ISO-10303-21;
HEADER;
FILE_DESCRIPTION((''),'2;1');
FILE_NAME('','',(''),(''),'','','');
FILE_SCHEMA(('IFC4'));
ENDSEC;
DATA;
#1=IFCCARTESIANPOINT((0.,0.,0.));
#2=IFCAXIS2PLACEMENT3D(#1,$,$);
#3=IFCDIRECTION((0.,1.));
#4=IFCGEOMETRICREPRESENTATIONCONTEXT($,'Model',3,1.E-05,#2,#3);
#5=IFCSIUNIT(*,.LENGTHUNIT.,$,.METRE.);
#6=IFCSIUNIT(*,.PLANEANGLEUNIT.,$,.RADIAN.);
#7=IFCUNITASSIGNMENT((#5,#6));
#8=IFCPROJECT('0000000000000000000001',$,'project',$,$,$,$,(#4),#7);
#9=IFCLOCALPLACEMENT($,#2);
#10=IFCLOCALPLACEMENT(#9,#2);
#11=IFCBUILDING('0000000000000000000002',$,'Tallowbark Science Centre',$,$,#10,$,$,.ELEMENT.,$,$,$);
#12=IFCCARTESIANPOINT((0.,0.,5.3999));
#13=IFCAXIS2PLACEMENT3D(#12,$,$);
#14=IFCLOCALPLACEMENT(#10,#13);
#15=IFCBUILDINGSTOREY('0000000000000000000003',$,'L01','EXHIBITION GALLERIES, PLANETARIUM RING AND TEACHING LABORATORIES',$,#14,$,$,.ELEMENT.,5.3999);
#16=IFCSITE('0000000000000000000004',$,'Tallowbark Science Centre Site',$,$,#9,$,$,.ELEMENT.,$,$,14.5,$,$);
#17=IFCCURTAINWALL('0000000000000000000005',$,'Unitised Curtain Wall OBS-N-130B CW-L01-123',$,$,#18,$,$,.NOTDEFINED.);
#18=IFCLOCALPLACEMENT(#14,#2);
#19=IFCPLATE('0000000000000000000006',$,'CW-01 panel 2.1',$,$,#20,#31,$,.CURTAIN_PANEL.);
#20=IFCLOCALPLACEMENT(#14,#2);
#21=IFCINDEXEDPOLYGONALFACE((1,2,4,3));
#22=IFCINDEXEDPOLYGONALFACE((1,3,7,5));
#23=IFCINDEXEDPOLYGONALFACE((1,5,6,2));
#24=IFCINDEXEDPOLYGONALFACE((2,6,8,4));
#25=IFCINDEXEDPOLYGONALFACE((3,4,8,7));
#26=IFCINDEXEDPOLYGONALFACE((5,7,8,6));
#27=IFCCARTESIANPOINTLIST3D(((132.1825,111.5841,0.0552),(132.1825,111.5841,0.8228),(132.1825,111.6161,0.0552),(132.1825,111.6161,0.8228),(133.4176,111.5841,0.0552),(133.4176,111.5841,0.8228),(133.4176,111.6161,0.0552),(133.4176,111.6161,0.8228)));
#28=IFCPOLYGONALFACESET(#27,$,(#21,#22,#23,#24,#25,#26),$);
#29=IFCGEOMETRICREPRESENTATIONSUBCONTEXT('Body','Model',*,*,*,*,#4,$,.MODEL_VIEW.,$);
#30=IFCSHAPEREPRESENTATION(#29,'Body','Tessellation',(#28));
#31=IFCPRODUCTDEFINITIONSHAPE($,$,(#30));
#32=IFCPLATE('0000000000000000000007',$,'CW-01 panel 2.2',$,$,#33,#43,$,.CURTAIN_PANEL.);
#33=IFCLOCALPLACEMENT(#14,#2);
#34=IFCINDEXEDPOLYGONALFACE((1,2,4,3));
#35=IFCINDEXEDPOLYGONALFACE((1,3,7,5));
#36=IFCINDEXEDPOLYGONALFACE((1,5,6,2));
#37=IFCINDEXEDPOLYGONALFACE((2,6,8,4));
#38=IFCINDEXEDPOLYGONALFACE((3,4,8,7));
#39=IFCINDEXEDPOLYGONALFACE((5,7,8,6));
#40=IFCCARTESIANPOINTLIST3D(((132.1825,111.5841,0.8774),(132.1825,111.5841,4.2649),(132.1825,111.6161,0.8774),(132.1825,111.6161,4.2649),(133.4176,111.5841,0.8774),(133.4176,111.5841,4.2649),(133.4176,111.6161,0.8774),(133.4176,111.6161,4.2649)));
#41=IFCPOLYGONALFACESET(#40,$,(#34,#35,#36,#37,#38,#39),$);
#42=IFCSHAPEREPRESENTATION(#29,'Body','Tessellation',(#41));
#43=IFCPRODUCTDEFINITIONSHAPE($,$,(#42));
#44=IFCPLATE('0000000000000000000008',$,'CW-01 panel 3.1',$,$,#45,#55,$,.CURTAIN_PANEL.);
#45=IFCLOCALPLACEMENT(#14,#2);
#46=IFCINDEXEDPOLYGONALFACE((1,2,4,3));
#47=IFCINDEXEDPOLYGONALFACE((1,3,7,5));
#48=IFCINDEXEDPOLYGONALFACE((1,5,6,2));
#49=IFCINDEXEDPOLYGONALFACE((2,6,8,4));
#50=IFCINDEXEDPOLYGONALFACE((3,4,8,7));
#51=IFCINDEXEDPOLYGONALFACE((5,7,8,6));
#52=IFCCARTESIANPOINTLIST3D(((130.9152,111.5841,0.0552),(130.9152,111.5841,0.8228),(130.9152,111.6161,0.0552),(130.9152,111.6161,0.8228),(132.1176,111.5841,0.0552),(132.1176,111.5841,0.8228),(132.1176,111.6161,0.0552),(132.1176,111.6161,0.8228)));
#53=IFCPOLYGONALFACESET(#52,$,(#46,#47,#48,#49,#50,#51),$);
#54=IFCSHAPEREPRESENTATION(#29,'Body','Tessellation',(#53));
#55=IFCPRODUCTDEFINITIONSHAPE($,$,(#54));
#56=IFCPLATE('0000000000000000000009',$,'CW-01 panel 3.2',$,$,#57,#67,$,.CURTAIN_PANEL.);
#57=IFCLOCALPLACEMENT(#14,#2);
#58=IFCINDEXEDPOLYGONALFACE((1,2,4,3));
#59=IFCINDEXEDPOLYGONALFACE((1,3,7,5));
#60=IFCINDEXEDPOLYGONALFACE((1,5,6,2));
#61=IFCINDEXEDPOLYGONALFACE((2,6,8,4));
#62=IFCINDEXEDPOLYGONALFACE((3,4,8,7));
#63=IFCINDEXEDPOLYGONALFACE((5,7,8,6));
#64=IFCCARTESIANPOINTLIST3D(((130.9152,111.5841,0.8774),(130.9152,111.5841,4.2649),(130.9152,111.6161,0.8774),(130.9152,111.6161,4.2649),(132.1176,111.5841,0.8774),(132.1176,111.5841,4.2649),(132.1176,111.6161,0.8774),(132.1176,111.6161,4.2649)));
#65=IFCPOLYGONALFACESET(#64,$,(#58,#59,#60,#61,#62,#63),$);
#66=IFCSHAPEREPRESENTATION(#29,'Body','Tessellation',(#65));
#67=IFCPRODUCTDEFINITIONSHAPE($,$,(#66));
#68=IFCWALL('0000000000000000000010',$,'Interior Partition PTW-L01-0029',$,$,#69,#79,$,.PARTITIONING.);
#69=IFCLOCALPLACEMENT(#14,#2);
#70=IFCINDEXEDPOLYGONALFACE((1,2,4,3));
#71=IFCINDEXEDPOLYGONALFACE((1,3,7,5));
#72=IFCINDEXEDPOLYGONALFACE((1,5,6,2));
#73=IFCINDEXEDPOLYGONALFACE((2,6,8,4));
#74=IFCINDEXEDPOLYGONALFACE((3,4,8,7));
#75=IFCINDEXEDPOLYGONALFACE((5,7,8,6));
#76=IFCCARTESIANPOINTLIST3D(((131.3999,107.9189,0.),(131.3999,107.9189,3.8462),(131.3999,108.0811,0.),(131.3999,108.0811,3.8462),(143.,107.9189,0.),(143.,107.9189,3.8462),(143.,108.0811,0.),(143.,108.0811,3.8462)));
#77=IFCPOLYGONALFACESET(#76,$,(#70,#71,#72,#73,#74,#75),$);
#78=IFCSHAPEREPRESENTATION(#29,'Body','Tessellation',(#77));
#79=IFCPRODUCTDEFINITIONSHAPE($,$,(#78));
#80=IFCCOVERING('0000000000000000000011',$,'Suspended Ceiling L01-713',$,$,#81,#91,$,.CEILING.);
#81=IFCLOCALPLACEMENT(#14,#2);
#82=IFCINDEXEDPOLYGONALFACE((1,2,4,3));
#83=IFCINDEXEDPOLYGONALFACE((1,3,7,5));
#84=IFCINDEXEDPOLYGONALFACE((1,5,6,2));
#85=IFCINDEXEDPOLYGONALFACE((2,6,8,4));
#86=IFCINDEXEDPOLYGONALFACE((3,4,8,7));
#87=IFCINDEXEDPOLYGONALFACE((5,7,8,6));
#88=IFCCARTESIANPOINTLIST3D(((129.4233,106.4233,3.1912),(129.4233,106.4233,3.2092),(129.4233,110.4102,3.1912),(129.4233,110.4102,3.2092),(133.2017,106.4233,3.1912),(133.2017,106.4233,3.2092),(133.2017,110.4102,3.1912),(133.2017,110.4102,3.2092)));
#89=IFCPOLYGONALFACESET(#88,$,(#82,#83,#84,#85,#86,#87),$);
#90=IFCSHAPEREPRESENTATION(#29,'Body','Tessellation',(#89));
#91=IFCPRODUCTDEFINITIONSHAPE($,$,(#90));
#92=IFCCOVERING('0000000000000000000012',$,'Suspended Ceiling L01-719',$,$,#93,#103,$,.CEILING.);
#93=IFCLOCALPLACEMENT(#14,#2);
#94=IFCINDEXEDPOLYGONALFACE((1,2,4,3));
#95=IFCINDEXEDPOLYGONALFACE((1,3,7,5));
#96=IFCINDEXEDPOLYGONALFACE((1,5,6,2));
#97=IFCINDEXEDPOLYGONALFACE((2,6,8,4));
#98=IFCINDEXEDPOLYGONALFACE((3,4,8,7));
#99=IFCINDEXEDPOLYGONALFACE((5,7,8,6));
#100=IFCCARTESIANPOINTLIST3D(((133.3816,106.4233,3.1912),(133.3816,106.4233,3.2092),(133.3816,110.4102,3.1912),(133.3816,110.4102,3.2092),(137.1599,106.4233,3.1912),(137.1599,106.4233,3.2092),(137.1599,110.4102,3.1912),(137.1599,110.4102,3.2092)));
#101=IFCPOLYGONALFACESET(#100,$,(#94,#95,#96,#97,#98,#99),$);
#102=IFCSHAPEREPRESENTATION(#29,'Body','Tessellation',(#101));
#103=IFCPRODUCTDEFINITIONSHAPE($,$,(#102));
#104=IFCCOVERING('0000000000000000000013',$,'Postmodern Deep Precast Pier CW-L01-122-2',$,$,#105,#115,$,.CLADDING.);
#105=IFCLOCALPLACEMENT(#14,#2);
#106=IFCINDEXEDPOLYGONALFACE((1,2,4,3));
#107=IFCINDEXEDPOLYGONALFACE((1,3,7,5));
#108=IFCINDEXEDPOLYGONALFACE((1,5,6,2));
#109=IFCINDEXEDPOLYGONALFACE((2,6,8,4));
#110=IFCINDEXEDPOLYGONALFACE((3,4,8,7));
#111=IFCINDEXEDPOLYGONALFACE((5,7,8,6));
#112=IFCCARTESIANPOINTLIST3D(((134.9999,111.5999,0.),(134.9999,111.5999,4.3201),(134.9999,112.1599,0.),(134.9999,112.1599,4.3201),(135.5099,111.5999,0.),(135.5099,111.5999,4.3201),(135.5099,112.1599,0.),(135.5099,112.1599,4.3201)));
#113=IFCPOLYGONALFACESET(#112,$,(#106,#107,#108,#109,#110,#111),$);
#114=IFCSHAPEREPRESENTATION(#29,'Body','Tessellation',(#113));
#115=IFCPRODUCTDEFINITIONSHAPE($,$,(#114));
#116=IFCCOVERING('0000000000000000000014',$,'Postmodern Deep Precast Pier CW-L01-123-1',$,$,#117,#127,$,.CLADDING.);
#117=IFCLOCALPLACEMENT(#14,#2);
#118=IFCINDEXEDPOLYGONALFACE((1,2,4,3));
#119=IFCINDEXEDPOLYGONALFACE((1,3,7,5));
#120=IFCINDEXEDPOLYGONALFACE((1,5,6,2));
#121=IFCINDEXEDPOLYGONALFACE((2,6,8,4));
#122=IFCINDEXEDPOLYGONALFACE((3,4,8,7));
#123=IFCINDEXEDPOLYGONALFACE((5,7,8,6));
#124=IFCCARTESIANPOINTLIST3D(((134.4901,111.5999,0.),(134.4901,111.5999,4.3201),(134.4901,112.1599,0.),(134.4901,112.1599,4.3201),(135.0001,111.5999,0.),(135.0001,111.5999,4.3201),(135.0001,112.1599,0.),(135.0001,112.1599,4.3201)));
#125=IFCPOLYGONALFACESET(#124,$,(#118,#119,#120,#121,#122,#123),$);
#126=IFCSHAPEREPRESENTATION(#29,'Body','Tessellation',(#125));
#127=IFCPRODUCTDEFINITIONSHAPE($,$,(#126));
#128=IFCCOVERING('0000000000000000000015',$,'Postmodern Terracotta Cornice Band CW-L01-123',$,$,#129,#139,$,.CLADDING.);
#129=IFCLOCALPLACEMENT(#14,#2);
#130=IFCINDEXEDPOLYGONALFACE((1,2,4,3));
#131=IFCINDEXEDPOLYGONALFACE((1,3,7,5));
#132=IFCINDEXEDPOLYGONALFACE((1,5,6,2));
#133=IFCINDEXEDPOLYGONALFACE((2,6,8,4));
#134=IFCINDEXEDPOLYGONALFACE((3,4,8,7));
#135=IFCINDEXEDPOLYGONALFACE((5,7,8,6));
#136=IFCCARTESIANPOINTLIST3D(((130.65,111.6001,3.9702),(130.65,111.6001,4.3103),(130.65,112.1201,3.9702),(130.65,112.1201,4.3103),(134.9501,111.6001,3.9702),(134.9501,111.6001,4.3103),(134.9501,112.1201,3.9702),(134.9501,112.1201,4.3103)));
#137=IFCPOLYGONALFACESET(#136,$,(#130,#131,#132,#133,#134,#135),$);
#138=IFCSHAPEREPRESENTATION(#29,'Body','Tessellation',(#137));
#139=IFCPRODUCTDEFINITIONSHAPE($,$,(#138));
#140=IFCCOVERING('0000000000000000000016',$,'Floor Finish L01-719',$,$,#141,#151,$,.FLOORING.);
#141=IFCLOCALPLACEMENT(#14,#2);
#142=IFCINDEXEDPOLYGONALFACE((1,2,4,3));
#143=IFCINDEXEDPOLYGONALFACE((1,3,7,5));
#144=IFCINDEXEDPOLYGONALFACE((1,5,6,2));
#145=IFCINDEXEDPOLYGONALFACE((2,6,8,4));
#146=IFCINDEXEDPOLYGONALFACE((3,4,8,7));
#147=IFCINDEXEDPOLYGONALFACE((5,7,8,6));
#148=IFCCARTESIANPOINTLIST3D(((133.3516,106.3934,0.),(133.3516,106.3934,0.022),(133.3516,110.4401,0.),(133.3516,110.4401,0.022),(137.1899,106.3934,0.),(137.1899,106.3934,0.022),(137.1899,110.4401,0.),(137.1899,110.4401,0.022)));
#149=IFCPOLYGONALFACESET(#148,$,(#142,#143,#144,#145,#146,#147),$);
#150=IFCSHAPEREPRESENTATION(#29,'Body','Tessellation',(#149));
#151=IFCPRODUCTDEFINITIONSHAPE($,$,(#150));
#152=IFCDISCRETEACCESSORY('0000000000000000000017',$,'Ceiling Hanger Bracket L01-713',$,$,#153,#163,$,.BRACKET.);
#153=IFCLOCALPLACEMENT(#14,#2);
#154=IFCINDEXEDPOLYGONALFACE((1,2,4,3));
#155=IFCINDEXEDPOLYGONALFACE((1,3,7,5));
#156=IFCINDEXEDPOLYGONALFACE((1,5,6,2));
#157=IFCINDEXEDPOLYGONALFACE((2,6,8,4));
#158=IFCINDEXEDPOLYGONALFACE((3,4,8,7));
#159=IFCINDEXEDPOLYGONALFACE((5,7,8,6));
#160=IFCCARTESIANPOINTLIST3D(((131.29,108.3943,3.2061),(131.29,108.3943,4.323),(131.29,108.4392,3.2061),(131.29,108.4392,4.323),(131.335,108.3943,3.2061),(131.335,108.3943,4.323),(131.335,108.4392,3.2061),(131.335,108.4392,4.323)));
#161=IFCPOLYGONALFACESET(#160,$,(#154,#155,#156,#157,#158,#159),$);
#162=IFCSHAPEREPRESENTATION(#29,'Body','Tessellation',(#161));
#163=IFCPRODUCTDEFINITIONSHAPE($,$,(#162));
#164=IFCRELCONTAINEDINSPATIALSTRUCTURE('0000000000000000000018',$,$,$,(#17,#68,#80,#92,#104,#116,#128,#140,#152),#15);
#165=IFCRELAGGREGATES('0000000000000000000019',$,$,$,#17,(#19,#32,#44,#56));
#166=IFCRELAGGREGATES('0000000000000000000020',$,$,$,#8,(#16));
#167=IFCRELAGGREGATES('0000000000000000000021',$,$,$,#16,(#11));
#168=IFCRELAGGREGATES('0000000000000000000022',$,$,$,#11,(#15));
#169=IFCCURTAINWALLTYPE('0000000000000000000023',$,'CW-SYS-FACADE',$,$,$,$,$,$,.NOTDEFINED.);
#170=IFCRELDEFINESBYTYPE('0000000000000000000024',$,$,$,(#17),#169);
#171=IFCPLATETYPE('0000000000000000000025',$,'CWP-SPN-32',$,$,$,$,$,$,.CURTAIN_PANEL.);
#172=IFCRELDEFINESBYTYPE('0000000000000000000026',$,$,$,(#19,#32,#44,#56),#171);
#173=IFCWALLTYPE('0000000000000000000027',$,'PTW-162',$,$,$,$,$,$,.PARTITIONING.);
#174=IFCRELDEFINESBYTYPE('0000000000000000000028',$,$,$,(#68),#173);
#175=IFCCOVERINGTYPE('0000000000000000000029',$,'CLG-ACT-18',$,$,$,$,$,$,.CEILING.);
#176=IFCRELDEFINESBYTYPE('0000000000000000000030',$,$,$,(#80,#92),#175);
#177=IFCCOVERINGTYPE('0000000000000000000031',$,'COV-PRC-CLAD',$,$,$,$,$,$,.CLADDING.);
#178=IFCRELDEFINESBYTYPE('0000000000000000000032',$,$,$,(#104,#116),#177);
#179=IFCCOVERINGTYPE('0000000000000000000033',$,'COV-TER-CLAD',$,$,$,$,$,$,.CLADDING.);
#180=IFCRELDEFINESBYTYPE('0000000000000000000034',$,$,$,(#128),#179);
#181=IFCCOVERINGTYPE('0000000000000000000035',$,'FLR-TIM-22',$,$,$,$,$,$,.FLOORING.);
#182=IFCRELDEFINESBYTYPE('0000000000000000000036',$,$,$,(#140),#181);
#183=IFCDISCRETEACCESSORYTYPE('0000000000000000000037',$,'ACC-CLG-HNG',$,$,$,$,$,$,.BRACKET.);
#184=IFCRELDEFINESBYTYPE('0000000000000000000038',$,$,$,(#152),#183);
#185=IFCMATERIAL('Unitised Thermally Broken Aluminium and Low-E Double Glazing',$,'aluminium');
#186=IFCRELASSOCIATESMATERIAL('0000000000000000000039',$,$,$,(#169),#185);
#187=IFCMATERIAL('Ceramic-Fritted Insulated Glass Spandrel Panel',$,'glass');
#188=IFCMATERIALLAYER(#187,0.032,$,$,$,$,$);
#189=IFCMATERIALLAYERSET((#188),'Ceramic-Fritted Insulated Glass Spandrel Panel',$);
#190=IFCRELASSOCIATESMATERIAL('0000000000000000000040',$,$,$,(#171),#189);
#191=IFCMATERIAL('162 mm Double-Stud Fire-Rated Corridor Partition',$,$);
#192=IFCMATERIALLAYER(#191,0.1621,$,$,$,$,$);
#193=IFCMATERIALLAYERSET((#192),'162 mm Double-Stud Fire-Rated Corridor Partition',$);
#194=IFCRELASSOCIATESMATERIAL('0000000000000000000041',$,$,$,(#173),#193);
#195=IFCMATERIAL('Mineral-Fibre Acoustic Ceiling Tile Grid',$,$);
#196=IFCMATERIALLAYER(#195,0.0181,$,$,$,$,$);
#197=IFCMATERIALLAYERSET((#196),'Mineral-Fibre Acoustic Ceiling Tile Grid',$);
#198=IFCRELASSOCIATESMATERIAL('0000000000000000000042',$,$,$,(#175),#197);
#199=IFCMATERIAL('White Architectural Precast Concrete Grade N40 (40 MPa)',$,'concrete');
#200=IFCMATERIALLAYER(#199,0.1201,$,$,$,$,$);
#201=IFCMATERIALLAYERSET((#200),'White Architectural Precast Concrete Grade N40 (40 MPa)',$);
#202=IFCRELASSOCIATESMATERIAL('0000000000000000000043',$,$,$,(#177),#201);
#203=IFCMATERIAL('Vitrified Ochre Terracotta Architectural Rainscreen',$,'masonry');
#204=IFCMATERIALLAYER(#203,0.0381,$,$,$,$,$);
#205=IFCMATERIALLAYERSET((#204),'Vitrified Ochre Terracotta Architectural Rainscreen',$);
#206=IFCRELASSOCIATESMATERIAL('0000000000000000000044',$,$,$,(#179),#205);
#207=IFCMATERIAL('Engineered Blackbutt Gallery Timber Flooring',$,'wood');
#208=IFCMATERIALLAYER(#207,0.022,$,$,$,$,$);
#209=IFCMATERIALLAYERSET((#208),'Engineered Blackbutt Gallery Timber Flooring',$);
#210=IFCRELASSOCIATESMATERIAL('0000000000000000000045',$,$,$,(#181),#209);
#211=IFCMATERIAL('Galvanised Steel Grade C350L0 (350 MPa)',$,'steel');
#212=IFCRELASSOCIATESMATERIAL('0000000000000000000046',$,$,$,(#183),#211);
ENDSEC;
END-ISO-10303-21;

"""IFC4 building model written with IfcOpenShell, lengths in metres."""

from ifc_helpers import new_model, si_unit, direction, frame, frame_2d, origin, origin_2d, place, context, subcontext, project, spatial, rectangle, extrude, material, layer, layer_set, type_object, element, aggregate, save


model = new_model("IFC4")

# Units and contexts
model_context = context("Model", 3, precision=1e-05, world=origin(), true_north=direction((0.0, 1.0)))
body_context = subcontext(model_context, "Body", "Model", "MODEL_VIEW")
ifc_project = project(units=[si_unit("LENGTHUNIT", "METRE"), si_unit("PLANEANGLEUNIT", "RADIAN")], contexts=[model_context])

# Site, building, storey
site_placement = place(None, origin())
site = spatial("IfcSite", under=ifc_project, at=site_placement, Name="Tallowbark Science Centre Site", CompositionType="ELEMENT", RefElevation=14.5)
building_placement = place(site_placement, origin())
building = spatial("IfcBuilding", under=site, at=building_placement, Name="Tallowbark Science Centre", CompositionType="ELEMENT")
storey_placement = place(building_placement, frame((0.0, 0.0, 5.3999)))
storey = spatial("IfcBuildingStorey", under=building, at=storey_placement, Name="L01", Description="EXHIBITION GALLERIES, PLANETARIUM RING AND TEACHING LABORATORIES", CompositionType="ELEMENT", Elevation=5.3999)

# Curtain wall, plates
ifc_material_1 = material(Name="Unitised Thermally Broken Aluminium and Low-E Double Glazing", Category="aluminium")
curtain_wall_type = type_object("IfcCurtainWallType", Name="CW-SYS-FACADE", PredefinedType="NOTDEFINED", material=ifc_material_1)
curtain_wall_placement = place(storey_placement, origin())
curtain_wall = element("IfcCurtainWall", 1, at=curtain_wall_placement, inside=storey, type_object=curtain_wall_type, Name="Unitised Curtain Wall OBS-N-130B CW-L01-123", PredefinedType="NOTDEFINED")
ifc_material_2 = material(Name="Ceramic-Fritted Insulated Glass Spandrel Panel", Category="glass")
ifc_layer_1 = layer(ifc_material_2, 0.032)
ifc_layer_set_1 = layer_set([ifc_layer_1], Name="Ceramic-Fritted Insulated Glass Spandrel Panel")
plate_type = type_object("IfcPlateType", Name="CWP-SPN-32", PredefinedType="CURTAIN_PANEL", material=ifc_layer_set_1)
plate_1_placement = place(storey_placement, frame((132.8, 111.6001, 0.0552), z_axis=(0.0, 0.0, 1.0), x_axis=(-1.0, 0.0, 0.0)))
plate_1 = element("IfcPlate", 2, at=plate_1_placement, type_object=plate_type, Name="CW-01 panel 2.1", PredefinedType="CURTAIN_PANEL", context=body_context, shape_type="SweptSolid", body=[
    extrude(rectangle(XDim=1.2351, YDim=0.032, at=origin_2d()), origin(), (0.0, 0.0, 1.0), 0.7676),
])
plate_2_placement = place(storey_placement, frame((132.8, 111.6001, 0.8774), z_axis=(0.0, 0.0, 1.0), x_axis=(-1.0, 0.0, 0.0)))
plate_2 = element("IfcPlate", 3, at=plate_2_placement, type_object=plate_type, Name="CW-01 panel 2.2", PredefinedType="CURTAIN_PANEL", context=body_context, shape_type="SweptSolid", body=[
    extrude(rectangle(XDim=1.2351, YDim=0.032, at=origin_2d()), origin(), (0.0, 0.0, 1.0), 3.3875),
])
plate_3_placement = place(storey_placement, frame((131.5164, 111.6001, 0.0552), z_axis=(0.0, 0.0, 1.0), x_axis=(-1.0, 0.0, 0.0)))
plate_3 = element("IfcPlate", 4, at=plate_3_placement, type_object=plate_type, Name="CW-01 panel 3.1", PredefinedType="CURTAIN_PANEL", context=body_context, shape_type="SweptSolid", body=[
    extrude(rectangle(XDim=1.2024, YDim=0.032, at=origin_2d()), origin(), (0.0, 0.0, 1.0), 0.7676),
])
plate_4_placement = place(storey_placement, frame((131.5164, 111.6001, 0.8774), z_axis=(0.0, 0.0, 1.0), x_axis=(-1.0, 0.0, 0.0)))
plate_4 = element("IfcPlate", 5, at=plate_4_placement, type_object=plate_type, Name="CW-01 panel 3.2", PredefinedType="CURTAIN_PANEL", context=body_context, shape_type="SweptSolid", body=[
    extrude(rectangle(XDim=1.2024, YDim=0.032, at=origin_2d()), origin(), (0.0, 0.0, 1.0), 3.3875),
])
aggregate(curtain_wall, [plate_1, plate_2, plate_3, plate_4])

# Wall
ifc_material_3 = material(Name="162 mm Double-Stud Fire-Rated Corridor Partition")
ifc_layer_2 = layer(ifc_material_3, 0.1621)
ifc_layer_set_2 = layer_set([ifc_layer_2], Name="162 mm Double-Stud Fire-Rated Corridor Partition")
wall_type = type_object("IfcWallType", Name="PTW-162", PredefinedType="PARTITIONING", material=ifc_layer_set_2)
wall_placement = place(storey_placement, frame((131.3999, 108.0, 0.0), z_axis=(0.0, 0.0, 1.0), x_axis=(1.0, 0.0, 0.0)))
element("IfcWall", 6, at=wall_placement, inside=storey, type_object=wall_type, Name="Interior Partition PTW-L01-0029", PredefinedType="PARTITIONING", context=body_context, shape_type="SweptSolid", body=[
    extrude(rectangle(XDim=11.6001, YDim=0.1621, at=frame_2d((5.8, 0.0))), origin(), (0.0, 0.0, 1.0), 3.8462),
])

# Coverings
ifc_material_4 = material(Name="Mineral-Fibre Acoustic Ceiling Tile Grid")
ifc_layer_3 = layer(ifc_material_4, 0.0181)
ifc_layer_set_3 = layer_set([ifc_layer_3], Name="Mineral-Fibre Acoustic Ceiling Tile Grid")
covering_type_1 = type_object("IfcCoveringType", Name="CLG-ACT-18", PredefinedType="CEILING", material=ifc_layer_set_3)
for number, where, z_axis, x_axis, name in (
    (7, (131.3125, 108.4167, 3.1912), (0.0, 0.0, 1.0), (1.0, 0.0, 0.0), "Suspended Ceiling L01-713"),
    (8, (135.2708, 108.4167, 3.1912), (0.0, 0.0, 1.0), (1.0, 0.0, 0.0), "Suspended Ceiling L01-719"),
):
    element("IfcCovering", number, at=place(storey_placement, frame(where, z_axis=z_axis, x_axis=x_axis)), inside=storey, type_object=covering_type_1, Name=name, PredefinedType="CEILING", context=body_context, shape_type="SweptSolid", body=[
        extrude(rectangle(XDim=3.7783, YDim=3.9868, at=origin_2d()), origin(), (0.0, 0.0, 1.0), 0.0181),
    ])
ifc_material_5 = material(Name="White Architectural Precast Concrete Grade N40 (40 MPa)", Category="concrete")
ifc_layer_4 = layer(ifc_material_5, 0.1201)
ifc_layer_set_4 = layer_set([ifc_layer_4], Name="White Architectural Precast Concrete Grade N40 (40 MPa)")
covering_type_2 = type_object("IfcCoveringType", Name="COV-PRC-CLAD", PredefinedType="CLADDING", material=ifc_layer_set_4)
for number, where, z_axis, x_axis, name in (
    (9, (135.2549, 111.8799, 0.0), (0.0, 0.0, 1.0), (-1.0, 0.0, 0.0), "Postmodern Deep Precast Pier CW-L01-122-2"),
    (10, (134.7451, 111.8799, 0.0), (0.0, 0.0, 1.0), (-1.0, 0.0, 0.0), "Postmodern Deep Precast Pier CW-L01-123-1"),
):
    element("IfcCovering", number, at=place(storey_placement, frame(where, z_axis=z_axis, x_axis=x_axis)), inside=storey, type_object=covering_type_2, Name=name, PredefinedType="CLADDING", context=body_context, shape_type="SweptSolid", body=[
        extrude(rectangle(XDim=0.51, YDim=0.5601, at=origin_2d()), origin(), (0.0, 0.0, 1.0), 4.3201),
    ])
ifc_material_6 = material(Name="Vitrified Ochre Terracotta Architectural Rainscreen", Category="masonry")
ifc_layer_5 = layer(ifc_material_6, 0.0381)
ifc_layer_set_5 = layer_set([ifc_layer_5], Name="Vitrified Ochre Terracotta Architectural Rainscreen")
covering_type_3 = type_object("IfcCoveringType", Name="COV-TER-CLAD", PredefinedType="CLADDING", material=ifc_layer_set_5)
covering_1_placement = place(storey_placement, frame((132.8, 111.8601, 3.9702), z_axis=(0.0, 0.0, 1.0), x_axis=(-1.0, 0.0, 0.0)))
element("IfcCovering", 11, at=covering_1_placement, inside=storey, type_object=covering_type_3, Name="Postmodern Terracotta Cornice Band CW-L01-123", PredefinedType="CLADDING", context=body_context, shape_type="SweptSolid", body=[
    extrude(rectangle(XDim=4.3, YDim=0.52, at=origin_2d()), origin(), (0.0, 0.0, 1.0), 0.3401),
])
ifc_material_7 = material(Name="Engineered Blackbutt Gallery Timber Flooring", Category="wood")
ifc_layer_6 = layer(ifc_material_7, 0.022)
ifc_layer_set_6 = layer_set([ifc_layer_6], Name="Engineered Blackbutt Gallery Timber Flooring")
covering_type_4 = type_object("IfcCoveringType", Name="FLR-TIM-22", PredefinedType="FLOORING", material=ifc_layer_set_6)
covering_2_placement = place(storey_placement, frame((135.2708, 108.4167, 0.0), z_axis=(0.0, 0.0, 1.0), x_axis=(1.0, 0.0, 0.0)))
element("IfcCovering", 12, at=covering_2_placement, inside=storey, type_object=covering_type_4, Name="Floor Finish L01-719", PredefinedType="FLOORING", context=body_context, shape_type="SweptSolid", body=[
    extrude(rectangle(XDim=3.8384, YDim=4.0466, at=origin_2d()), origin(), (0.0, 0.0, 1.0), 0.022),
])

# Discrete accessory
ifc_material_8 = material(Name="Galvanised Steel Grade C350L0 (350 MPa)", Category="steel")
discrete_accessory_type = type_object("IfcDiscreteAccessoryType", Name="ACC-CLG-HNG", PredefinedType="BRACKET", material=ifc_material_8)
discrete_accessory_placement = place(storey_placement, frame((131.3125, 108.4167, 3.2061), z_axis=(0.0, 0.0, 1.0), x_axis=(1.0, 0.0, 0.0)))
element("IfcDiscreteAccessory", 13, at=discrete_accessory_placement, inside=storey, type_object=discrete_accessory_type, Name="Ceiling Hanger Bracket L01-713", PredefinedType="BRACKET", context=body_context, shape_type="SweptSolid", body=[
    extrude(rectangle(XDim=0.0449, YDim=0.0449, at=origin_2d()), origin(), (0.0, 0.0, 1.0), 1.1169),
])

save(model, "model.ifc")
